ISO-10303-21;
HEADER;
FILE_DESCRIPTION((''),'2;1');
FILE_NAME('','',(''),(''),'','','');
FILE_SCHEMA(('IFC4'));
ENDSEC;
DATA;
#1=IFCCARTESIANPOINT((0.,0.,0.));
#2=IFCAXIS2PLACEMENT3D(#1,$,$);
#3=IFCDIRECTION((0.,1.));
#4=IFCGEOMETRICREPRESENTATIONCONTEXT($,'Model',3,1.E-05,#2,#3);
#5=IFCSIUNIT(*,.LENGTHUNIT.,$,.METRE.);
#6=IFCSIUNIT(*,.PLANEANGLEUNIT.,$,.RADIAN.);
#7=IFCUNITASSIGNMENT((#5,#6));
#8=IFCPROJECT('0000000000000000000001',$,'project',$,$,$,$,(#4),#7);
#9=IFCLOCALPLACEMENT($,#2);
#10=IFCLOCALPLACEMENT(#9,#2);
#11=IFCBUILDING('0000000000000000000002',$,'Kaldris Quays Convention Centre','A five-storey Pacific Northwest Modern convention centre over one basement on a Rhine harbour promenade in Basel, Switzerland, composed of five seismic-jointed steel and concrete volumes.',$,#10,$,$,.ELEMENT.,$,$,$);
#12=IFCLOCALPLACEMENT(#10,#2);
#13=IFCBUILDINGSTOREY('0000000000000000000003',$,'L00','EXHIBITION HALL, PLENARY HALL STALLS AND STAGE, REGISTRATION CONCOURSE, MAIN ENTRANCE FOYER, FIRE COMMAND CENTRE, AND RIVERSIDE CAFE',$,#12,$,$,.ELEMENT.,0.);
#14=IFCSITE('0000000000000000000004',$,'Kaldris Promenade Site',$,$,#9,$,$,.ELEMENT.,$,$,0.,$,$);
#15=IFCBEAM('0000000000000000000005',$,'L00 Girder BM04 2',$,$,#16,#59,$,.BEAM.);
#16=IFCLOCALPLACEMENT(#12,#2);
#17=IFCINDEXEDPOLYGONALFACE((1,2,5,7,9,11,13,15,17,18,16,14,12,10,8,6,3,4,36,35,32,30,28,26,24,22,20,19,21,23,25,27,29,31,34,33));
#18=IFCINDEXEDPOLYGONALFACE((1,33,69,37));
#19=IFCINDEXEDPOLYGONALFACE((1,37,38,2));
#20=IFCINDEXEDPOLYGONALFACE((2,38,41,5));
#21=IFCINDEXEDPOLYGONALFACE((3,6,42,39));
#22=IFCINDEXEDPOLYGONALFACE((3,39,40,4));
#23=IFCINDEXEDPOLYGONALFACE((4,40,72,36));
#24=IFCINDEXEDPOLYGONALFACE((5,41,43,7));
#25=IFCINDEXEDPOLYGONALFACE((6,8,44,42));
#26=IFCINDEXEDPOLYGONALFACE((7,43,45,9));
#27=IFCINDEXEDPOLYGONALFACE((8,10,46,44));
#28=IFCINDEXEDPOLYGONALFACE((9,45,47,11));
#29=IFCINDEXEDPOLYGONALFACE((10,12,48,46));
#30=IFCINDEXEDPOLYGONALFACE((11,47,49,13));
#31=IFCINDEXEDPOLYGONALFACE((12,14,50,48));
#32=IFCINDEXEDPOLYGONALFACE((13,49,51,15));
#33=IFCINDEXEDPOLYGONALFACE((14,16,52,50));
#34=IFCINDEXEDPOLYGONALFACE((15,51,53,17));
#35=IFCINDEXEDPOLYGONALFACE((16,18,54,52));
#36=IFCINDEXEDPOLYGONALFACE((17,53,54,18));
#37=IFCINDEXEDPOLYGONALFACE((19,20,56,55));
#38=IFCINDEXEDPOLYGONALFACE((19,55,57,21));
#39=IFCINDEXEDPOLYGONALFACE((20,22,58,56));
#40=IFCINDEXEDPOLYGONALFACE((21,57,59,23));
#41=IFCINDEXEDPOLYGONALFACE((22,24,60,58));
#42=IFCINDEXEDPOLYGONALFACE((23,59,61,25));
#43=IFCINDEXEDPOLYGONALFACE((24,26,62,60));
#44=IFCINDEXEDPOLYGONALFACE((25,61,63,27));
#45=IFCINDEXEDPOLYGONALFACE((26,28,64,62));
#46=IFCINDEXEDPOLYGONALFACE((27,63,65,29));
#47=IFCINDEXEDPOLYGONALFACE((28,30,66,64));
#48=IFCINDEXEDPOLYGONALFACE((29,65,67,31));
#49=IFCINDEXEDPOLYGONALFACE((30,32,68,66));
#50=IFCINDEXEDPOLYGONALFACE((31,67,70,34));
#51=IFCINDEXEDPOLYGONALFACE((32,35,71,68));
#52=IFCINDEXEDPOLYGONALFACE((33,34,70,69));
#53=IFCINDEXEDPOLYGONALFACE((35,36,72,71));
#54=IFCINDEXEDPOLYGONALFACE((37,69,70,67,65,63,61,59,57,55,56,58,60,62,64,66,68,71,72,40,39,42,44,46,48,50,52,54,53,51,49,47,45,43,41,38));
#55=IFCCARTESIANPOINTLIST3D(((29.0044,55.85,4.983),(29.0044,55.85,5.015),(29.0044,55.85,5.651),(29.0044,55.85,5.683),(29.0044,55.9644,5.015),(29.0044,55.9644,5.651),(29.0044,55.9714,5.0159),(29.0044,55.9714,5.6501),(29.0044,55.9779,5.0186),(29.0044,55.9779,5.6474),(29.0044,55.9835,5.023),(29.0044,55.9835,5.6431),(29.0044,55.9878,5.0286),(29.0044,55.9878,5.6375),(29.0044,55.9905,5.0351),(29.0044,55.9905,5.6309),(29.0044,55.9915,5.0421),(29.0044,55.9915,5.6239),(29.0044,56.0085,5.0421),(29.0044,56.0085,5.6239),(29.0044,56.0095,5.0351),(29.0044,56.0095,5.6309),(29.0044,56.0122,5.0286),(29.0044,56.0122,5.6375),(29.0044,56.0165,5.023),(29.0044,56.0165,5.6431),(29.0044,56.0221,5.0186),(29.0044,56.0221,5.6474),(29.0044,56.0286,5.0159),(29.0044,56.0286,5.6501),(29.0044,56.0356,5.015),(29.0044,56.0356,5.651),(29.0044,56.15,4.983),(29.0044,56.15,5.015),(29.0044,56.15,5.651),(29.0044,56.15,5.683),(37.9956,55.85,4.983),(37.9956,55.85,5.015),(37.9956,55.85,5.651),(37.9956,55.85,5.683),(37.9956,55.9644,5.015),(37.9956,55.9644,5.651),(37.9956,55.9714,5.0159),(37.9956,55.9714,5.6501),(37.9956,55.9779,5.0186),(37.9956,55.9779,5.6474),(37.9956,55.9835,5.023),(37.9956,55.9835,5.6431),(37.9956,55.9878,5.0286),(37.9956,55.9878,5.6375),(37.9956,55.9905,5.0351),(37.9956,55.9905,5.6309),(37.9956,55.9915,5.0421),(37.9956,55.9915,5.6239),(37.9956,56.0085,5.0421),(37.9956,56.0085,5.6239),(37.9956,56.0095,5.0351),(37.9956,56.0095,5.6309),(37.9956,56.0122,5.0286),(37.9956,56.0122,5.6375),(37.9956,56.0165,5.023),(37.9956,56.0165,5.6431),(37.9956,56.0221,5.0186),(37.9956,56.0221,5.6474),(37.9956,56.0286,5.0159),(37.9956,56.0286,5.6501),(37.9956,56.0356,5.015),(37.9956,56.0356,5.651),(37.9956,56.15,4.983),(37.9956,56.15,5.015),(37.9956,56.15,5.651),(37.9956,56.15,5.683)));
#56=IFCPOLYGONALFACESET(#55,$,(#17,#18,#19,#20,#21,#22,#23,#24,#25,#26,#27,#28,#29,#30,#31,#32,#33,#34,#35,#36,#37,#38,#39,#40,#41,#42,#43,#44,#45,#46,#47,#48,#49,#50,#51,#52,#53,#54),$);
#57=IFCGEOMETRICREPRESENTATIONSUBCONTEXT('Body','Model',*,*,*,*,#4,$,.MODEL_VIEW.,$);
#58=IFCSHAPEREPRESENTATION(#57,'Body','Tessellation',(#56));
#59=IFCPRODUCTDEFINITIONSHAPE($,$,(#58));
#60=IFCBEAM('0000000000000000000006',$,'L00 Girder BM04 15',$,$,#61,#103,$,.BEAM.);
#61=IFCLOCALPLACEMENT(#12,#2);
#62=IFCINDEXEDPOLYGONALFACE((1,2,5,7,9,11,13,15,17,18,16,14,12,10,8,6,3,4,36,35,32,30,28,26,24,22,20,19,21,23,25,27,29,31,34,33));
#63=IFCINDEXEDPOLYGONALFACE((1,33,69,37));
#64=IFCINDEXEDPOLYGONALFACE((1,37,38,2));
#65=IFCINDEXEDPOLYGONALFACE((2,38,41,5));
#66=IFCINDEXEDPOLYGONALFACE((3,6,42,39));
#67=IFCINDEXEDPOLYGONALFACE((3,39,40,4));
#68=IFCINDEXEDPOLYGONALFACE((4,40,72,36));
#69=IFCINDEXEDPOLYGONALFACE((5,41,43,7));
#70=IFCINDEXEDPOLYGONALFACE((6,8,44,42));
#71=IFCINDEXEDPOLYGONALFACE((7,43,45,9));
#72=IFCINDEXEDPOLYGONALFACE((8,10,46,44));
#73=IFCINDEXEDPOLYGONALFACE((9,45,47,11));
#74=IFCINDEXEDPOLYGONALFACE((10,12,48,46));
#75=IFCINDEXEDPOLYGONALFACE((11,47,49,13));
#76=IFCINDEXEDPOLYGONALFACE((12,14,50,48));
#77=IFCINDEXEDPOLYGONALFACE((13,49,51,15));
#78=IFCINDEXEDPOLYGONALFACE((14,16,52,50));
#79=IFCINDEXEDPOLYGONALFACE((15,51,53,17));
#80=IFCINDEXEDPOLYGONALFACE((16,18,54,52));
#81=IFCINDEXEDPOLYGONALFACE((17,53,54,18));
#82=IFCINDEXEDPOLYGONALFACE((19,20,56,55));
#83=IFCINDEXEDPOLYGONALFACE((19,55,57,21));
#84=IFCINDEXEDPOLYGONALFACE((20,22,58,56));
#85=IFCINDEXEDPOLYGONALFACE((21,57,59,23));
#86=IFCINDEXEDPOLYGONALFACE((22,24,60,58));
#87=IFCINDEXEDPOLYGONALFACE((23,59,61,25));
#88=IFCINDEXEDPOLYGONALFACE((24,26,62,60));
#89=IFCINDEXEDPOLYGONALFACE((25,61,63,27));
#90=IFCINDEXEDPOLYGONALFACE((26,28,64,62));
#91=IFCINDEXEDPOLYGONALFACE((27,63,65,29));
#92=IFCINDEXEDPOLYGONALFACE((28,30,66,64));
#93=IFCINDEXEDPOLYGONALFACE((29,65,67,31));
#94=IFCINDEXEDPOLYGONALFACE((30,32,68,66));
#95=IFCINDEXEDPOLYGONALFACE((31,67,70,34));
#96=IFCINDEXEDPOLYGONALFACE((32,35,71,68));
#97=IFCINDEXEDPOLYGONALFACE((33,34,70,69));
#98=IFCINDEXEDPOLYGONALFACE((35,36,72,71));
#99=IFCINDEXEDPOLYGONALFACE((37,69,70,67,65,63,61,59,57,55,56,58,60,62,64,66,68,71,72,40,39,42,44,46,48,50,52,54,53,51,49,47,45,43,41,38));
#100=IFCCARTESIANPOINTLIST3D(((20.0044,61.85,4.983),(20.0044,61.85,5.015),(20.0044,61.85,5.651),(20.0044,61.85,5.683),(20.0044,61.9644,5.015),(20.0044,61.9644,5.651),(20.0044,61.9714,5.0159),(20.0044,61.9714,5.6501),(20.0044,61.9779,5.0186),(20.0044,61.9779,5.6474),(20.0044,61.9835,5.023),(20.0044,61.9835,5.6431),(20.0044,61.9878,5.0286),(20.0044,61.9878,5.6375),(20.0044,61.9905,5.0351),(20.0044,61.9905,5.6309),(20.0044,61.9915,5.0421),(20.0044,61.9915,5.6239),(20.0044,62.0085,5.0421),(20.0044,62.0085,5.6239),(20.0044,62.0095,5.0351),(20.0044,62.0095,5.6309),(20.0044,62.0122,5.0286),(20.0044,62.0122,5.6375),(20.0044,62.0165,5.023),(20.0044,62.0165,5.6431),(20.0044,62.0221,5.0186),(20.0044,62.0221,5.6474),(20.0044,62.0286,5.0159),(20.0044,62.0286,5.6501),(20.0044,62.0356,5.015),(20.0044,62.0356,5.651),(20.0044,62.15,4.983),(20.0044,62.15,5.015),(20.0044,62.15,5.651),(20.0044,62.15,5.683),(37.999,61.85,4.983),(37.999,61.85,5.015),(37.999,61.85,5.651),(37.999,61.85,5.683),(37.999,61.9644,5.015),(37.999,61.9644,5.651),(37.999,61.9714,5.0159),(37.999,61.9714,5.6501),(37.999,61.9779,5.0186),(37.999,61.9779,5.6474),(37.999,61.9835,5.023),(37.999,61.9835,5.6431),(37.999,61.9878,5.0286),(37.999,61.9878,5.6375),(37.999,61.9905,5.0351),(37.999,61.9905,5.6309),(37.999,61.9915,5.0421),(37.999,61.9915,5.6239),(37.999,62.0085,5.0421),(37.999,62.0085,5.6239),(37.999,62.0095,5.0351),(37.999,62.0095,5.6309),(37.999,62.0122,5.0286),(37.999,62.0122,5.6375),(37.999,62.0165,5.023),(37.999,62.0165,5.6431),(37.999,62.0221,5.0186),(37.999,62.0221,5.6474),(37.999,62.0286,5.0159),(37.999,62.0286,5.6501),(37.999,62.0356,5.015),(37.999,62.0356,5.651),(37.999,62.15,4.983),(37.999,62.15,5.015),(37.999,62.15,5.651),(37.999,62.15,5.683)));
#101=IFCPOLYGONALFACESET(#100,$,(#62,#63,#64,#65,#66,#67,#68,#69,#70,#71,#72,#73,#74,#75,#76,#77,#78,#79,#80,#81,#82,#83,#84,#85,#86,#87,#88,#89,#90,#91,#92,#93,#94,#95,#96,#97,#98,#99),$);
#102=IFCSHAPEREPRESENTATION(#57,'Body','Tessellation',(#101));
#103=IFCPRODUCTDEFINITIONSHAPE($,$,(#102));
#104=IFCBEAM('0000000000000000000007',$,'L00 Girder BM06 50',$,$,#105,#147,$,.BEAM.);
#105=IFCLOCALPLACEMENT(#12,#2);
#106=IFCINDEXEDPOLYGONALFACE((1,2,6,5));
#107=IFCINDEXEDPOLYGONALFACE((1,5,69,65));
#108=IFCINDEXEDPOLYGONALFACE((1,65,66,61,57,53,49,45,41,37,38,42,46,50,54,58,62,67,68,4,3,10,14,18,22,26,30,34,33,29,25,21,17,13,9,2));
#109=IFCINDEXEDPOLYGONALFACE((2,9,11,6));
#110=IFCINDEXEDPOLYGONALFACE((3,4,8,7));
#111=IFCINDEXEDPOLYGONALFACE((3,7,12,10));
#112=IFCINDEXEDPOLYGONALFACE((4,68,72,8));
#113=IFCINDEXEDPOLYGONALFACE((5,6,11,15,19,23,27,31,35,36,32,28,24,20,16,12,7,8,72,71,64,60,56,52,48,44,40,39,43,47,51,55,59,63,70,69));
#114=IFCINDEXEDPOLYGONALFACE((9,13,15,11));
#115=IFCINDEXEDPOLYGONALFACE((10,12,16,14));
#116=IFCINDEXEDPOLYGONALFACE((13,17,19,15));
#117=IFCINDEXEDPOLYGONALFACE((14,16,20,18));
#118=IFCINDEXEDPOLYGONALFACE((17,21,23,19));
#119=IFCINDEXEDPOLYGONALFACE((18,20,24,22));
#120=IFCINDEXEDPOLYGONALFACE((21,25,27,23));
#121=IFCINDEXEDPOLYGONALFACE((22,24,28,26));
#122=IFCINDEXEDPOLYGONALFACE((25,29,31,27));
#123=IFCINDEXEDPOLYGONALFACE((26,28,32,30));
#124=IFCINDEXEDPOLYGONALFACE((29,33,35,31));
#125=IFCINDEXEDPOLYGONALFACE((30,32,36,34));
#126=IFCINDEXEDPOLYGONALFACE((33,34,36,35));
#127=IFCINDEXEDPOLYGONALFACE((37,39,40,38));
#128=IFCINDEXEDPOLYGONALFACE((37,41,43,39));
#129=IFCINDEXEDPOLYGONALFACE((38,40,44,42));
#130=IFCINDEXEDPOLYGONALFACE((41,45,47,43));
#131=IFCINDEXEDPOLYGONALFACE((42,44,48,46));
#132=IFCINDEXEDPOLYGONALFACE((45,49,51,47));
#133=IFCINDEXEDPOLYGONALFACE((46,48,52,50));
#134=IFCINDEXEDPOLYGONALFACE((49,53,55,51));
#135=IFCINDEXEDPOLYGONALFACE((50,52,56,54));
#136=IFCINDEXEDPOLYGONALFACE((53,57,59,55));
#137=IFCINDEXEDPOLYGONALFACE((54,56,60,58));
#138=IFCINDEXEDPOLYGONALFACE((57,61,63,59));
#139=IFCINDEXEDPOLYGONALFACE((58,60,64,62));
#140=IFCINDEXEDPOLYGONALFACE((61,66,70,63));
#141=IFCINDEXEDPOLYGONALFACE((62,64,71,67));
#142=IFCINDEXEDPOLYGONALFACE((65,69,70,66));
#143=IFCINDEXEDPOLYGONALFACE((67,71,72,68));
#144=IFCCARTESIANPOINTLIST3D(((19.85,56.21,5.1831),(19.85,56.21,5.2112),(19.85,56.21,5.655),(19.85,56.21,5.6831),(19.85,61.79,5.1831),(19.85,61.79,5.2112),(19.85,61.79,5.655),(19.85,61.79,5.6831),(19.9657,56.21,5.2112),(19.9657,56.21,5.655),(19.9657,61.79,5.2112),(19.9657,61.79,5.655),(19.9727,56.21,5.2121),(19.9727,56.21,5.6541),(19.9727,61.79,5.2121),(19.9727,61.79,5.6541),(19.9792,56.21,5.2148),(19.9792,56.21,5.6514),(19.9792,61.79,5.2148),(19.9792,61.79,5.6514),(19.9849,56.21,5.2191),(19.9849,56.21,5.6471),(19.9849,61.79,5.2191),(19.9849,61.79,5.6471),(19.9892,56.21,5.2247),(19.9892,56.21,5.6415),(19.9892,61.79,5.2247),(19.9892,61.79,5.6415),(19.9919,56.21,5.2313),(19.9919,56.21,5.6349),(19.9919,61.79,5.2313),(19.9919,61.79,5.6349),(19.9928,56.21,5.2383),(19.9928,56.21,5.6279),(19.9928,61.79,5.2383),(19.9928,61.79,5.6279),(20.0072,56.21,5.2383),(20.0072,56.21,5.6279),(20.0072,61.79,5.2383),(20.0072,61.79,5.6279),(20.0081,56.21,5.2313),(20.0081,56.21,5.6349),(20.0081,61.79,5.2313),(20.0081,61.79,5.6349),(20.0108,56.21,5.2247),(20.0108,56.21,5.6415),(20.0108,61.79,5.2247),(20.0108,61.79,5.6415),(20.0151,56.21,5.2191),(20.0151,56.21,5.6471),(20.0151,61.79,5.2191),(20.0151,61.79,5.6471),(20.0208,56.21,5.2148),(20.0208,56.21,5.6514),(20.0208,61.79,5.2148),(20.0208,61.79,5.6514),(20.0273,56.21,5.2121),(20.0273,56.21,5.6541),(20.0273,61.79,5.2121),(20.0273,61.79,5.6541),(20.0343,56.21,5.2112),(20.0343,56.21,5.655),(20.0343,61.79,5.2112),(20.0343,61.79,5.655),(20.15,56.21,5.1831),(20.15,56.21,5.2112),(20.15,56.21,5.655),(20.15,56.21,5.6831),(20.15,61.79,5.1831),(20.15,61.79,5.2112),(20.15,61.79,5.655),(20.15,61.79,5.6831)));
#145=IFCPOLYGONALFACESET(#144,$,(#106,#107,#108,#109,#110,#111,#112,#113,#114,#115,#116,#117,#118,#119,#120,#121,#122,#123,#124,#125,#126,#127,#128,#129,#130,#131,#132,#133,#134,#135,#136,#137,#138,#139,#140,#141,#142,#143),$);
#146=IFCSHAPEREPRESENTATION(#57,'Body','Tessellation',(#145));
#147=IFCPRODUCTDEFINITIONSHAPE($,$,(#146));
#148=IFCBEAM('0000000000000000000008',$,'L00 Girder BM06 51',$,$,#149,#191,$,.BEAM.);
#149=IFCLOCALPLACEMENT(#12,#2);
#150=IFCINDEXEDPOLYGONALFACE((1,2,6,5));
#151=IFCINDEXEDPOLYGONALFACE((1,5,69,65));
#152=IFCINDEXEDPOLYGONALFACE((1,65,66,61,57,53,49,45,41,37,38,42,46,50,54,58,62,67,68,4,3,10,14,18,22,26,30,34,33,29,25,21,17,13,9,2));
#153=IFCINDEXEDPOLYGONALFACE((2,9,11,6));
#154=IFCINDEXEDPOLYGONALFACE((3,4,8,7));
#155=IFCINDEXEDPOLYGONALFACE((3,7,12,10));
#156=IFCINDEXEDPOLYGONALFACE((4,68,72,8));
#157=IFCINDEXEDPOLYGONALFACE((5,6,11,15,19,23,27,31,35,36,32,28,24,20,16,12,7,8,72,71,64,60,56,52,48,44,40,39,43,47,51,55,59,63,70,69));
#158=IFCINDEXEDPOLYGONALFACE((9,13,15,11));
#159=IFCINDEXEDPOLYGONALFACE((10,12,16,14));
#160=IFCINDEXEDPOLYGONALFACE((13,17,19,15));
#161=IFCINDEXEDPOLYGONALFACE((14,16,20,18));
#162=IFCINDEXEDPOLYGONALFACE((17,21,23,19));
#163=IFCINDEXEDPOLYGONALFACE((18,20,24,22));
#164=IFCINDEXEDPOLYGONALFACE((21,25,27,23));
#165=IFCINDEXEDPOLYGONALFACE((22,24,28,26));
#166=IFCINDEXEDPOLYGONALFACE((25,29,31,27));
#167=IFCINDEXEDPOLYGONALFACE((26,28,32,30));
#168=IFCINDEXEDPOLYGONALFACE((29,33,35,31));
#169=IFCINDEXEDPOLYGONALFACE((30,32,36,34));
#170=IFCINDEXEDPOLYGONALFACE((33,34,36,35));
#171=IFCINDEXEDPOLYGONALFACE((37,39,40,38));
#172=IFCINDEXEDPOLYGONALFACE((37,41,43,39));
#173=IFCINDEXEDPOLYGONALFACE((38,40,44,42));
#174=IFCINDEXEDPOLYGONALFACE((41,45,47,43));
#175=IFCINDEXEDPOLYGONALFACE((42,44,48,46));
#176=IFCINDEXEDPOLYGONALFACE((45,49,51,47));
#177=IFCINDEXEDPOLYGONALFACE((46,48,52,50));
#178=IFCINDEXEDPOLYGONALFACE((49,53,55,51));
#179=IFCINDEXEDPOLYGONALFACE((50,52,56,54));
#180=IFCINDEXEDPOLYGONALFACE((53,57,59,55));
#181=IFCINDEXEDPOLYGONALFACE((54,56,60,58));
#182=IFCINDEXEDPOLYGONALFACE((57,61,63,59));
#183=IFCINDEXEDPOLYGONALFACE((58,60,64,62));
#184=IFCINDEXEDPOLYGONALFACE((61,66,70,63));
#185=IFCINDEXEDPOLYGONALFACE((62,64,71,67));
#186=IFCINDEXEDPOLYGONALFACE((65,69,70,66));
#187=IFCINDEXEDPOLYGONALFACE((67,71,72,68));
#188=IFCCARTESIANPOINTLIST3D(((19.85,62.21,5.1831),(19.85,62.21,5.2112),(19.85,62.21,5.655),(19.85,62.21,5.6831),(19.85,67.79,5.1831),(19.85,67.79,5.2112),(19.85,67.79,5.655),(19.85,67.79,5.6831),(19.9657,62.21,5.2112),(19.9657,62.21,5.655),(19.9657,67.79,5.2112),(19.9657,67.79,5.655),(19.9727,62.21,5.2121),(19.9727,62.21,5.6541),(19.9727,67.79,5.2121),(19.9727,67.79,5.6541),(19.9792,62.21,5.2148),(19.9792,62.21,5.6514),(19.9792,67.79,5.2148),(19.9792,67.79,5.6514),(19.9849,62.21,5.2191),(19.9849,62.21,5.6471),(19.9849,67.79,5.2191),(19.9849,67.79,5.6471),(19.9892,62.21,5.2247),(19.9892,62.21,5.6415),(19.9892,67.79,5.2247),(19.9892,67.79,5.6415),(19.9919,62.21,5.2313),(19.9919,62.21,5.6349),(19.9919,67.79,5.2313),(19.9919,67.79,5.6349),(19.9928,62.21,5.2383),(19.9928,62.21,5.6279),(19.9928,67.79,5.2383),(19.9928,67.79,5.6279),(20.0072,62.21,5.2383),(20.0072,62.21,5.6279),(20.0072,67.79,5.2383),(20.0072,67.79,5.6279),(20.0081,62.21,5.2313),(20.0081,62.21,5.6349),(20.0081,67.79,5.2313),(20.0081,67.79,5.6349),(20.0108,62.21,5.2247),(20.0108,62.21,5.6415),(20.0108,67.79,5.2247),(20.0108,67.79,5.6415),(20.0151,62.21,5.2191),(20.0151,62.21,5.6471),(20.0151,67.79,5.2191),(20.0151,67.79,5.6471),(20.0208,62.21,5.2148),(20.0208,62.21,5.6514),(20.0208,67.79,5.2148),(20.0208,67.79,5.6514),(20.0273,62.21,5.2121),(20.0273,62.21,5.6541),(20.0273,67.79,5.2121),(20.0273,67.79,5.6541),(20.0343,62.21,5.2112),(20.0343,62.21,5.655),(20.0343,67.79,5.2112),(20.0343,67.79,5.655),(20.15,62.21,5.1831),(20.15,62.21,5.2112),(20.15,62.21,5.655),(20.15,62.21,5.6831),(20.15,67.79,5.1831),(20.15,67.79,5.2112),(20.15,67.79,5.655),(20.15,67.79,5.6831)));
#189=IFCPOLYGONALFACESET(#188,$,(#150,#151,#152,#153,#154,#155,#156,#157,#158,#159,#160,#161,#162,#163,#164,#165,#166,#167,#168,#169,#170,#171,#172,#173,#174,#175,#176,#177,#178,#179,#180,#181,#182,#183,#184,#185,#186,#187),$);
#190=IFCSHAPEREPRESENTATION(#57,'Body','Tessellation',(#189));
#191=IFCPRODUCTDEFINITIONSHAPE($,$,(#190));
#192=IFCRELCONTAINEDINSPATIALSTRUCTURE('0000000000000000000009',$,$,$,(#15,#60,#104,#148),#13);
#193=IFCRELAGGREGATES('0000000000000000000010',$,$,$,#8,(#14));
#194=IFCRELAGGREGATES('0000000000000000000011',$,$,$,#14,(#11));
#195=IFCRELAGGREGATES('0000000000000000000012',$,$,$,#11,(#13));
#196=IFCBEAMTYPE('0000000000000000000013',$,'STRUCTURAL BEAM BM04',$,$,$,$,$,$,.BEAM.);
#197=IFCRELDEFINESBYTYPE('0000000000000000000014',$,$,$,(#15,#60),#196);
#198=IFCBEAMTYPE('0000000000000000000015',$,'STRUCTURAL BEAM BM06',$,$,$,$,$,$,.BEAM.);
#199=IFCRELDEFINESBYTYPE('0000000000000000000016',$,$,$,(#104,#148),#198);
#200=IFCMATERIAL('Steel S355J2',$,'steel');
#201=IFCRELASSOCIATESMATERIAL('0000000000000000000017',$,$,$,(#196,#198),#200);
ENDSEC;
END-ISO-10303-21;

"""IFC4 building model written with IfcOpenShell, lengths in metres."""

from ifc_helpers import new_model, si_unit, direction, frame, origin, origin_2d, place, context, subcontext, project, spatial, i_section, extrude, material, material_profile, profile_set, type_object, element, save


model = new_model("IFC4")

# Units and contexts
model_context = context("Model", 3, precision=1e-05, world=origin(), true_north=direction((0.0, 1.0)))
body_context = subcontext(model_context, "Body", "Model", "MODEL_VIEW")
ifc_project = project(units=[si_unit("LENGTHUNIT", "METRE"), si_unit("PLANEANGLEUNIT", "RADIAN")], contexts=[model_context])

# Site, building, storey
site_placement = place(None, origin())
site = spatial("IfcSite", under=ifc_project, at=site_placement, Name="Kaldris Promenade Site", CompositionType="ELEMENT", RefElevation=0.0)
building_placement = place(site_placement, origin())
building = spatial("IfcBuilding", under=site, at=building_placement, Name="Kaldris Quays Convention Centre", Description="A five-storey Pacific Northwest Modern convention centre over one basement on a Rhine harbour promenade in Basel, Switzerland, composed of five seismic-jointed steel and concrete volumes.", CompositionType="ELEMENT")
storey_placement = place(building_placement, origin())
storey = spatial("IfcBuildingStorey", under=building, at=storey_placement, Name="L00", Description="EXHIBITION HALL, PLENARY HALL STALLS AND STAGE, REGISTRATION CONCOURSE, MAIN ENTRANCE FOYER, FIRE COMMAND CENTRE, AND RIVERSIDE CAFE", CompositionType="ELEMENT", Elevation=0.0)

# Beams
ifc_material_1 = material(Name="Steel S355J2", Category="steel")
ifc_material_profile_1 = material_profile(ifc_material_1, i_section(OverallWidth=0.3, OverallDepth=0.7, WebThickness=0.0171, FlangeThickness=0.032, FilletRadius=0.0271, at=origin_2d()), Name="HEB 700")
ifc_profile_set_1 = profile_set([ifc_material_profile_1], Name="Steel S355J2")
beam_type_1 = type_object("IfcBeamType", Name="STRUCTURAL BEAM BM04", PredefinedType="BEAM", material=ifc_profile_set_1)
for number, where, z_axis, x_axis, name in (
    (1, (29.0044, 56.0, 5.333), (1.0, 0.0, 0.0), (0.0, 1.0, 0.0), "L00 Girder BM04 2"),
):
    element("IfcBeam", number, at=place(storey_placement, frame(where, z_axis=z_axis, x_axis=x_axis)), inside=storey, type_object=beam_type_1, Name=name, PredefinedType="BEAM", context=body_context, shape_type="SweptSolid", body=[
        extrude(i_section(OverallWidth=0.3, OverallDepth=0.7, WebThickness=0.0171, FlangeThickness=0.032, FilletRadius=0.0271, at=origin_2d()), origin(), (0.0, 0.0, 1.0), 8.9912),
    ])
beam_1_placement = place(storey_placement, frame((20.0044, 62.0, 5.333), z_axis=(1.0, 0.0, 0.0), x_axis=(0.0, 1.0, 0.0)))
element("IfcBeam", 2, at=beam_1_placement, inside=storey, type_object=beam_type_1, Name="L00 Girder BM04 15", PredefinedType="BEAM", context=body_context, shape_type="SweptSolid", body=[
    extrude(i_section(OverallWidth=0.3, OverallDepth=0.7, WebThickness=0.0171, FlangeThickness=0.032, FilletRadius=0.0271, at=origin_2d()), origin(), (0.0, 0.0, 1.0), 17.9946),
])
ifc_material_profile_2 = material_profile(ifc_material_1, i_section(OverallWidth=0.3, OverallDepth=0.5, WebThickness=0.0144, FlangeThickness=0.0281, FilletRadius=0.0271, at=origin_2d()), Name="HEB 500")
ifc_profile_set_2 = profile_set([ifc_material_profile_2], Name="Steel S355J2")
beam_type_2 = type_object("IfcBeamType", Name="STRUCTURAL BEAM BM06", PredefinedType="BEAM", material=ifc_profile_set_2)
for number, where, z_axis, x_axis, name in (
    (3, (20.0, 56.21, 5.4331), (0.0, 1.0, 0.0), (-1.0, 0.0, 0.0), "L00 Girder BM06 50"),
    (4, (20.0, 62.21, 5.4331), (0.0, 1.0, 0.0), (-1.0, 0.0, 0.0), "L00 Girder BM06 51"),
):
    element("IfcBeam", number, at=place(storey_placement, frame(where, z_axis=z_axis, x_axis=x_axis)), inside=storey, type_object=beam_type_2, Name=name, PredefinedType="BEAM", context=body_context, shape_type="SweptSolid", body=[
        extrude(i_section(OverallWidth=0.3, OverallDepth=0.5, WebThickness=0.0144, FlangeThickness=0.0281, FilletRadius=0.0271, at=origin_2d()), origin(), (0.0, 0.0, 1.0), 5.5801),
    ])

save(model, "model.ifc")
